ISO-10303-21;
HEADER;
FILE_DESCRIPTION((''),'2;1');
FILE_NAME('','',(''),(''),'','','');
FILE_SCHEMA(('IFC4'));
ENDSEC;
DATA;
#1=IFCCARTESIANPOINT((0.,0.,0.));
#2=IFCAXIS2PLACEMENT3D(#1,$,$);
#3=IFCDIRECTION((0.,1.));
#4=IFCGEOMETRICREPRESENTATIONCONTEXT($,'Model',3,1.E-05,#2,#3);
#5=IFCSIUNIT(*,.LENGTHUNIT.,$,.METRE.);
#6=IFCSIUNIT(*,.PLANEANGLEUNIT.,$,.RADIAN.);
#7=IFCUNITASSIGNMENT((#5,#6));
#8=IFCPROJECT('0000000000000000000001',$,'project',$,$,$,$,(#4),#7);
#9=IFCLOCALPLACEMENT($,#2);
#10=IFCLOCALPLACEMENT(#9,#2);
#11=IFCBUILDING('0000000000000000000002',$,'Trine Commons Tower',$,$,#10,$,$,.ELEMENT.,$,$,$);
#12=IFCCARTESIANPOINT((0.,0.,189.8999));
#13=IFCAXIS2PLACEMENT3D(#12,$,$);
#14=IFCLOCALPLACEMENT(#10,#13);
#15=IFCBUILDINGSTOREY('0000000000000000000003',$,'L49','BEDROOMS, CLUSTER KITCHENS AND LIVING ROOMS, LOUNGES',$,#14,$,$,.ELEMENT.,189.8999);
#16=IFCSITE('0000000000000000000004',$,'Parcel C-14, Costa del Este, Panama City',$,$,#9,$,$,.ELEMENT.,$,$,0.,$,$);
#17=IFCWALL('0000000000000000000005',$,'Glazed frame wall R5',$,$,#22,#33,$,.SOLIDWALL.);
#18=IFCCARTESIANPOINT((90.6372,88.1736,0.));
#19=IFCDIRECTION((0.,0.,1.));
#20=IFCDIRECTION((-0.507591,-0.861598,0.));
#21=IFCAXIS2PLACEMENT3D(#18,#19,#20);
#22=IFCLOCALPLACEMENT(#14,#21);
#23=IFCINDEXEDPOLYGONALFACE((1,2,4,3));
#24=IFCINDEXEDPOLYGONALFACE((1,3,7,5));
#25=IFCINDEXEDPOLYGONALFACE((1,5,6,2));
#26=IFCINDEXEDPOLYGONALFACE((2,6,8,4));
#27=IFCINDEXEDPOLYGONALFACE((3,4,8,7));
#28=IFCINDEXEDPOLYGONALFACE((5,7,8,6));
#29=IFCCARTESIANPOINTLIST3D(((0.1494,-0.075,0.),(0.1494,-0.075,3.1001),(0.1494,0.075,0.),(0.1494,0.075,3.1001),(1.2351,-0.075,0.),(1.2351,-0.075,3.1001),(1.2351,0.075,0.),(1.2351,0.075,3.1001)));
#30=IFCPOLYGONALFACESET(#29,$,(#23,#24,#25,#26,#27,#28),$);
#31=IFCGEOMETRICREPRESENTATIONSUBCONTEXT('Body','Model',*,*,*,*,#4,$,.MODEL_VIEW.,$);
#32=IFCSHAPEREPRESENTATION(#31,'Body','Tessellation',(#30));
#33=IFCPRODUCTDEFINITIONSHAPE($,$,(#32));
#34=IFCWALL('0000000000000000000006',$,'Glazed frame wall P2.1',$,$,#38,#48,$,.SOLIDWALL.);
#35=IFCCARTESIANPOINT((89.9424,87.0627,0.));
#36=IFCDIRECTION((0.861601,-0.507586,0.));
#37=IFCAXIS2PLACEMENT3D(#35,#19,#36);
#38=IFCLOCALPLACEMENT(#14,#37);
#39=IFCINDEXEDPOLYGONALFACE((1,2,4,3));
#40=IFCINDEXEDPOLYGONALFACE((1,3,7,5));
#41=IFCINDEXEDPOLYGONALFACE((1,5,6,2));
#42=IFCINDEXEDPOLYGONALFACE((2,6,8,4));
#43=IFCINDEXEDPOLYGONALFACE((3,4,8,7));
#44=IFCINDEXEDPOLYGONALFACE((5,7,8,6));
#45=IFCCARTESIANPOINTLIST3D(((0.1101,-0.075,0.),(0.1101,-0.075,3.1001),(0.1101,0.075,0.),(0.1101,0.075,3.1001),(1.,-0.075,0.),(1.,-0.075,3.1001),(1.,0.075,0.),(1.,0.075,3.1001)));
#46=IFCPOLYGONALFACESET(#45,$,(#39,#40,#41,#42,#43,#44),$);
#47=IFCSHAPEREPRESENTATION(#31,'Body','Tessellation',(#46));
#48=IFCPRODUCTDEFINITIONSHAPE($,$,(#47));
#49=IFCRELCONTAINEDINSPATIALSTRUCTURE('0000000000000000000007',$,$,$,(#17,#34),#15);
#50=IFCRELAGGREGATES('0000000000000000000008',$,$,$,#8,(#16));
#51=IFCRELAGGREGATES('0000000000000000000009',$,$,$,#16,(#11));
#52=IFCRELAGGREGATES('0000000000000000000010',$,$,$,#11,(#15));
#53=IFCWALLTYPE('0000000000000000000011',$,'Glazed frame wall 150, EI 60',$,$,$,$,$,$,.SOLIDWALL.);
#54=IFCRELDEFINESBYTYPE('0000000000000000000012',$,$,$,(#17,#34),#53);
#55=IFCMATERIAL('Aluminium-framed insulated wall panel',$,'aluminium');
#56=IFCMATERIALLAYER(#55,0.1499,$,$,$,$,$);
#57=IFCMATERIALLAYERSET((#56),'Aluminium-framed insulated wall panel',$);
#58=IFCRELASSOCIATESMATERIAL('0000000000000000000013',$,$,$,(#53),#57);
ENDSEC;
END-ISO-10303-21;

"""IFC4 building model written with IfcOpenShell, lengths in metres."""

from ifc_helpers import new_model, si_unit, direction, frame, origin, place, context, subcontext, project, spatial, polyline, outline, extrude, material, layer, layer_set, type_object, element, save


model = new_model("IFC4")

# Units and contexts
model_context = context("Model", 3, precision=1e-05, world=origin(), true_north=direction((0.0, 1.0)))
body_context = subcontext(model_context, "Body", "Model", "MODEL_VIEW")
ifc_project = project(units=[si_unit("LENGTHUNIT", "METRE"), si_unit("PLANEANGLEUNIT", "RADIAN")], contexts=[model_context])

# Site, building, storey
site_placement = place(None, origin())
site = spatial("IfcSite", under=ifc_project, at=site_placement, Name="Parcel C-14, Costa del Este, Panama City", CompositionType="ELEMENT", RefElevation=0.0)
building_placement = place(site_placement, origin())
building = spatial("IfcBuilding", under=site, at=building_placement, Name="Trine Commons Tower", CompositionType="ELEMENT")
storey_placement = place(building_placement, frame((0.0, 0.0, 189.8999)))
storey = spatial("IfcBuildingStorey", under=building, at=storey_placement, Name="L49", Description="BEDROOMS, CLUSTER KITCHENS AND LIVING ROOMS, LOUNGES", CompositionType="ELEMENT", Elevation=189.8999)

# Walls
ifc_material_1 = material(Name="Aluminium-framed insulated wall panel", Category="aluminium")
ifc_layer_1 = layer(ifc_material_1, 0.1499)
ifc_layer_set_1 = layer_set([ifc_layer_1], Name="Aluminium-framed insulated wall panel")
wall_type_1 = type_object("IfcWallType", Name="Glazed frame wall 150, EI 60", PredefinedType="SOLIDWALL", material=ifc_layer_set_1)
wall_1_placement = place(storey_placement, frame((90.6372, 88.1736, 0.0), z_axis=(0.0, 0.0, 1.0), x_axis=(-0.507591, -0.861598, 0.0)))
element("IfcWall", 1, at=wall_1_placement, inside=storey, type_object=wall_type_1, Name="Glazed frame wall R5", PredefinedType="SOLIDWALL", context=body_context, shape_type="SweptSolid", body=[
    extrude(outline(polyline([(0.1494, 0.075), (0.1494, -0.075), (1.2351, -0.075), (1.2351, 0.075), (0.1494, 0.075)])), origin(), (0.0, 0.0, 1.0), 3.1001),
])
wall_2_placement = place(storey_placement, frame((89.9424, 87.0627, 0.0), z_axis=(0.0, 0.0, 1.0), x_axis=(0.861601, -0.507586, 0.0)))
element("IfcWall", 2, at=wall_2_placement, inside=storey, type_object=wall_type_1, Name="Glazed frame wall P2.1", PredefinedType="SOLIDWALL", context=body_context, shape_type="SweptSolid", body=[
    extrude(outline(polyline([(0.1101, -0.075), (1.0, -0.075), (1.0, 0.075), (0.1101, 0.075), (0.1101, -0.075)])), origin(), (0.0, 0.0, 1.0), 3.1001),
])

save(model, "model.ifc")
